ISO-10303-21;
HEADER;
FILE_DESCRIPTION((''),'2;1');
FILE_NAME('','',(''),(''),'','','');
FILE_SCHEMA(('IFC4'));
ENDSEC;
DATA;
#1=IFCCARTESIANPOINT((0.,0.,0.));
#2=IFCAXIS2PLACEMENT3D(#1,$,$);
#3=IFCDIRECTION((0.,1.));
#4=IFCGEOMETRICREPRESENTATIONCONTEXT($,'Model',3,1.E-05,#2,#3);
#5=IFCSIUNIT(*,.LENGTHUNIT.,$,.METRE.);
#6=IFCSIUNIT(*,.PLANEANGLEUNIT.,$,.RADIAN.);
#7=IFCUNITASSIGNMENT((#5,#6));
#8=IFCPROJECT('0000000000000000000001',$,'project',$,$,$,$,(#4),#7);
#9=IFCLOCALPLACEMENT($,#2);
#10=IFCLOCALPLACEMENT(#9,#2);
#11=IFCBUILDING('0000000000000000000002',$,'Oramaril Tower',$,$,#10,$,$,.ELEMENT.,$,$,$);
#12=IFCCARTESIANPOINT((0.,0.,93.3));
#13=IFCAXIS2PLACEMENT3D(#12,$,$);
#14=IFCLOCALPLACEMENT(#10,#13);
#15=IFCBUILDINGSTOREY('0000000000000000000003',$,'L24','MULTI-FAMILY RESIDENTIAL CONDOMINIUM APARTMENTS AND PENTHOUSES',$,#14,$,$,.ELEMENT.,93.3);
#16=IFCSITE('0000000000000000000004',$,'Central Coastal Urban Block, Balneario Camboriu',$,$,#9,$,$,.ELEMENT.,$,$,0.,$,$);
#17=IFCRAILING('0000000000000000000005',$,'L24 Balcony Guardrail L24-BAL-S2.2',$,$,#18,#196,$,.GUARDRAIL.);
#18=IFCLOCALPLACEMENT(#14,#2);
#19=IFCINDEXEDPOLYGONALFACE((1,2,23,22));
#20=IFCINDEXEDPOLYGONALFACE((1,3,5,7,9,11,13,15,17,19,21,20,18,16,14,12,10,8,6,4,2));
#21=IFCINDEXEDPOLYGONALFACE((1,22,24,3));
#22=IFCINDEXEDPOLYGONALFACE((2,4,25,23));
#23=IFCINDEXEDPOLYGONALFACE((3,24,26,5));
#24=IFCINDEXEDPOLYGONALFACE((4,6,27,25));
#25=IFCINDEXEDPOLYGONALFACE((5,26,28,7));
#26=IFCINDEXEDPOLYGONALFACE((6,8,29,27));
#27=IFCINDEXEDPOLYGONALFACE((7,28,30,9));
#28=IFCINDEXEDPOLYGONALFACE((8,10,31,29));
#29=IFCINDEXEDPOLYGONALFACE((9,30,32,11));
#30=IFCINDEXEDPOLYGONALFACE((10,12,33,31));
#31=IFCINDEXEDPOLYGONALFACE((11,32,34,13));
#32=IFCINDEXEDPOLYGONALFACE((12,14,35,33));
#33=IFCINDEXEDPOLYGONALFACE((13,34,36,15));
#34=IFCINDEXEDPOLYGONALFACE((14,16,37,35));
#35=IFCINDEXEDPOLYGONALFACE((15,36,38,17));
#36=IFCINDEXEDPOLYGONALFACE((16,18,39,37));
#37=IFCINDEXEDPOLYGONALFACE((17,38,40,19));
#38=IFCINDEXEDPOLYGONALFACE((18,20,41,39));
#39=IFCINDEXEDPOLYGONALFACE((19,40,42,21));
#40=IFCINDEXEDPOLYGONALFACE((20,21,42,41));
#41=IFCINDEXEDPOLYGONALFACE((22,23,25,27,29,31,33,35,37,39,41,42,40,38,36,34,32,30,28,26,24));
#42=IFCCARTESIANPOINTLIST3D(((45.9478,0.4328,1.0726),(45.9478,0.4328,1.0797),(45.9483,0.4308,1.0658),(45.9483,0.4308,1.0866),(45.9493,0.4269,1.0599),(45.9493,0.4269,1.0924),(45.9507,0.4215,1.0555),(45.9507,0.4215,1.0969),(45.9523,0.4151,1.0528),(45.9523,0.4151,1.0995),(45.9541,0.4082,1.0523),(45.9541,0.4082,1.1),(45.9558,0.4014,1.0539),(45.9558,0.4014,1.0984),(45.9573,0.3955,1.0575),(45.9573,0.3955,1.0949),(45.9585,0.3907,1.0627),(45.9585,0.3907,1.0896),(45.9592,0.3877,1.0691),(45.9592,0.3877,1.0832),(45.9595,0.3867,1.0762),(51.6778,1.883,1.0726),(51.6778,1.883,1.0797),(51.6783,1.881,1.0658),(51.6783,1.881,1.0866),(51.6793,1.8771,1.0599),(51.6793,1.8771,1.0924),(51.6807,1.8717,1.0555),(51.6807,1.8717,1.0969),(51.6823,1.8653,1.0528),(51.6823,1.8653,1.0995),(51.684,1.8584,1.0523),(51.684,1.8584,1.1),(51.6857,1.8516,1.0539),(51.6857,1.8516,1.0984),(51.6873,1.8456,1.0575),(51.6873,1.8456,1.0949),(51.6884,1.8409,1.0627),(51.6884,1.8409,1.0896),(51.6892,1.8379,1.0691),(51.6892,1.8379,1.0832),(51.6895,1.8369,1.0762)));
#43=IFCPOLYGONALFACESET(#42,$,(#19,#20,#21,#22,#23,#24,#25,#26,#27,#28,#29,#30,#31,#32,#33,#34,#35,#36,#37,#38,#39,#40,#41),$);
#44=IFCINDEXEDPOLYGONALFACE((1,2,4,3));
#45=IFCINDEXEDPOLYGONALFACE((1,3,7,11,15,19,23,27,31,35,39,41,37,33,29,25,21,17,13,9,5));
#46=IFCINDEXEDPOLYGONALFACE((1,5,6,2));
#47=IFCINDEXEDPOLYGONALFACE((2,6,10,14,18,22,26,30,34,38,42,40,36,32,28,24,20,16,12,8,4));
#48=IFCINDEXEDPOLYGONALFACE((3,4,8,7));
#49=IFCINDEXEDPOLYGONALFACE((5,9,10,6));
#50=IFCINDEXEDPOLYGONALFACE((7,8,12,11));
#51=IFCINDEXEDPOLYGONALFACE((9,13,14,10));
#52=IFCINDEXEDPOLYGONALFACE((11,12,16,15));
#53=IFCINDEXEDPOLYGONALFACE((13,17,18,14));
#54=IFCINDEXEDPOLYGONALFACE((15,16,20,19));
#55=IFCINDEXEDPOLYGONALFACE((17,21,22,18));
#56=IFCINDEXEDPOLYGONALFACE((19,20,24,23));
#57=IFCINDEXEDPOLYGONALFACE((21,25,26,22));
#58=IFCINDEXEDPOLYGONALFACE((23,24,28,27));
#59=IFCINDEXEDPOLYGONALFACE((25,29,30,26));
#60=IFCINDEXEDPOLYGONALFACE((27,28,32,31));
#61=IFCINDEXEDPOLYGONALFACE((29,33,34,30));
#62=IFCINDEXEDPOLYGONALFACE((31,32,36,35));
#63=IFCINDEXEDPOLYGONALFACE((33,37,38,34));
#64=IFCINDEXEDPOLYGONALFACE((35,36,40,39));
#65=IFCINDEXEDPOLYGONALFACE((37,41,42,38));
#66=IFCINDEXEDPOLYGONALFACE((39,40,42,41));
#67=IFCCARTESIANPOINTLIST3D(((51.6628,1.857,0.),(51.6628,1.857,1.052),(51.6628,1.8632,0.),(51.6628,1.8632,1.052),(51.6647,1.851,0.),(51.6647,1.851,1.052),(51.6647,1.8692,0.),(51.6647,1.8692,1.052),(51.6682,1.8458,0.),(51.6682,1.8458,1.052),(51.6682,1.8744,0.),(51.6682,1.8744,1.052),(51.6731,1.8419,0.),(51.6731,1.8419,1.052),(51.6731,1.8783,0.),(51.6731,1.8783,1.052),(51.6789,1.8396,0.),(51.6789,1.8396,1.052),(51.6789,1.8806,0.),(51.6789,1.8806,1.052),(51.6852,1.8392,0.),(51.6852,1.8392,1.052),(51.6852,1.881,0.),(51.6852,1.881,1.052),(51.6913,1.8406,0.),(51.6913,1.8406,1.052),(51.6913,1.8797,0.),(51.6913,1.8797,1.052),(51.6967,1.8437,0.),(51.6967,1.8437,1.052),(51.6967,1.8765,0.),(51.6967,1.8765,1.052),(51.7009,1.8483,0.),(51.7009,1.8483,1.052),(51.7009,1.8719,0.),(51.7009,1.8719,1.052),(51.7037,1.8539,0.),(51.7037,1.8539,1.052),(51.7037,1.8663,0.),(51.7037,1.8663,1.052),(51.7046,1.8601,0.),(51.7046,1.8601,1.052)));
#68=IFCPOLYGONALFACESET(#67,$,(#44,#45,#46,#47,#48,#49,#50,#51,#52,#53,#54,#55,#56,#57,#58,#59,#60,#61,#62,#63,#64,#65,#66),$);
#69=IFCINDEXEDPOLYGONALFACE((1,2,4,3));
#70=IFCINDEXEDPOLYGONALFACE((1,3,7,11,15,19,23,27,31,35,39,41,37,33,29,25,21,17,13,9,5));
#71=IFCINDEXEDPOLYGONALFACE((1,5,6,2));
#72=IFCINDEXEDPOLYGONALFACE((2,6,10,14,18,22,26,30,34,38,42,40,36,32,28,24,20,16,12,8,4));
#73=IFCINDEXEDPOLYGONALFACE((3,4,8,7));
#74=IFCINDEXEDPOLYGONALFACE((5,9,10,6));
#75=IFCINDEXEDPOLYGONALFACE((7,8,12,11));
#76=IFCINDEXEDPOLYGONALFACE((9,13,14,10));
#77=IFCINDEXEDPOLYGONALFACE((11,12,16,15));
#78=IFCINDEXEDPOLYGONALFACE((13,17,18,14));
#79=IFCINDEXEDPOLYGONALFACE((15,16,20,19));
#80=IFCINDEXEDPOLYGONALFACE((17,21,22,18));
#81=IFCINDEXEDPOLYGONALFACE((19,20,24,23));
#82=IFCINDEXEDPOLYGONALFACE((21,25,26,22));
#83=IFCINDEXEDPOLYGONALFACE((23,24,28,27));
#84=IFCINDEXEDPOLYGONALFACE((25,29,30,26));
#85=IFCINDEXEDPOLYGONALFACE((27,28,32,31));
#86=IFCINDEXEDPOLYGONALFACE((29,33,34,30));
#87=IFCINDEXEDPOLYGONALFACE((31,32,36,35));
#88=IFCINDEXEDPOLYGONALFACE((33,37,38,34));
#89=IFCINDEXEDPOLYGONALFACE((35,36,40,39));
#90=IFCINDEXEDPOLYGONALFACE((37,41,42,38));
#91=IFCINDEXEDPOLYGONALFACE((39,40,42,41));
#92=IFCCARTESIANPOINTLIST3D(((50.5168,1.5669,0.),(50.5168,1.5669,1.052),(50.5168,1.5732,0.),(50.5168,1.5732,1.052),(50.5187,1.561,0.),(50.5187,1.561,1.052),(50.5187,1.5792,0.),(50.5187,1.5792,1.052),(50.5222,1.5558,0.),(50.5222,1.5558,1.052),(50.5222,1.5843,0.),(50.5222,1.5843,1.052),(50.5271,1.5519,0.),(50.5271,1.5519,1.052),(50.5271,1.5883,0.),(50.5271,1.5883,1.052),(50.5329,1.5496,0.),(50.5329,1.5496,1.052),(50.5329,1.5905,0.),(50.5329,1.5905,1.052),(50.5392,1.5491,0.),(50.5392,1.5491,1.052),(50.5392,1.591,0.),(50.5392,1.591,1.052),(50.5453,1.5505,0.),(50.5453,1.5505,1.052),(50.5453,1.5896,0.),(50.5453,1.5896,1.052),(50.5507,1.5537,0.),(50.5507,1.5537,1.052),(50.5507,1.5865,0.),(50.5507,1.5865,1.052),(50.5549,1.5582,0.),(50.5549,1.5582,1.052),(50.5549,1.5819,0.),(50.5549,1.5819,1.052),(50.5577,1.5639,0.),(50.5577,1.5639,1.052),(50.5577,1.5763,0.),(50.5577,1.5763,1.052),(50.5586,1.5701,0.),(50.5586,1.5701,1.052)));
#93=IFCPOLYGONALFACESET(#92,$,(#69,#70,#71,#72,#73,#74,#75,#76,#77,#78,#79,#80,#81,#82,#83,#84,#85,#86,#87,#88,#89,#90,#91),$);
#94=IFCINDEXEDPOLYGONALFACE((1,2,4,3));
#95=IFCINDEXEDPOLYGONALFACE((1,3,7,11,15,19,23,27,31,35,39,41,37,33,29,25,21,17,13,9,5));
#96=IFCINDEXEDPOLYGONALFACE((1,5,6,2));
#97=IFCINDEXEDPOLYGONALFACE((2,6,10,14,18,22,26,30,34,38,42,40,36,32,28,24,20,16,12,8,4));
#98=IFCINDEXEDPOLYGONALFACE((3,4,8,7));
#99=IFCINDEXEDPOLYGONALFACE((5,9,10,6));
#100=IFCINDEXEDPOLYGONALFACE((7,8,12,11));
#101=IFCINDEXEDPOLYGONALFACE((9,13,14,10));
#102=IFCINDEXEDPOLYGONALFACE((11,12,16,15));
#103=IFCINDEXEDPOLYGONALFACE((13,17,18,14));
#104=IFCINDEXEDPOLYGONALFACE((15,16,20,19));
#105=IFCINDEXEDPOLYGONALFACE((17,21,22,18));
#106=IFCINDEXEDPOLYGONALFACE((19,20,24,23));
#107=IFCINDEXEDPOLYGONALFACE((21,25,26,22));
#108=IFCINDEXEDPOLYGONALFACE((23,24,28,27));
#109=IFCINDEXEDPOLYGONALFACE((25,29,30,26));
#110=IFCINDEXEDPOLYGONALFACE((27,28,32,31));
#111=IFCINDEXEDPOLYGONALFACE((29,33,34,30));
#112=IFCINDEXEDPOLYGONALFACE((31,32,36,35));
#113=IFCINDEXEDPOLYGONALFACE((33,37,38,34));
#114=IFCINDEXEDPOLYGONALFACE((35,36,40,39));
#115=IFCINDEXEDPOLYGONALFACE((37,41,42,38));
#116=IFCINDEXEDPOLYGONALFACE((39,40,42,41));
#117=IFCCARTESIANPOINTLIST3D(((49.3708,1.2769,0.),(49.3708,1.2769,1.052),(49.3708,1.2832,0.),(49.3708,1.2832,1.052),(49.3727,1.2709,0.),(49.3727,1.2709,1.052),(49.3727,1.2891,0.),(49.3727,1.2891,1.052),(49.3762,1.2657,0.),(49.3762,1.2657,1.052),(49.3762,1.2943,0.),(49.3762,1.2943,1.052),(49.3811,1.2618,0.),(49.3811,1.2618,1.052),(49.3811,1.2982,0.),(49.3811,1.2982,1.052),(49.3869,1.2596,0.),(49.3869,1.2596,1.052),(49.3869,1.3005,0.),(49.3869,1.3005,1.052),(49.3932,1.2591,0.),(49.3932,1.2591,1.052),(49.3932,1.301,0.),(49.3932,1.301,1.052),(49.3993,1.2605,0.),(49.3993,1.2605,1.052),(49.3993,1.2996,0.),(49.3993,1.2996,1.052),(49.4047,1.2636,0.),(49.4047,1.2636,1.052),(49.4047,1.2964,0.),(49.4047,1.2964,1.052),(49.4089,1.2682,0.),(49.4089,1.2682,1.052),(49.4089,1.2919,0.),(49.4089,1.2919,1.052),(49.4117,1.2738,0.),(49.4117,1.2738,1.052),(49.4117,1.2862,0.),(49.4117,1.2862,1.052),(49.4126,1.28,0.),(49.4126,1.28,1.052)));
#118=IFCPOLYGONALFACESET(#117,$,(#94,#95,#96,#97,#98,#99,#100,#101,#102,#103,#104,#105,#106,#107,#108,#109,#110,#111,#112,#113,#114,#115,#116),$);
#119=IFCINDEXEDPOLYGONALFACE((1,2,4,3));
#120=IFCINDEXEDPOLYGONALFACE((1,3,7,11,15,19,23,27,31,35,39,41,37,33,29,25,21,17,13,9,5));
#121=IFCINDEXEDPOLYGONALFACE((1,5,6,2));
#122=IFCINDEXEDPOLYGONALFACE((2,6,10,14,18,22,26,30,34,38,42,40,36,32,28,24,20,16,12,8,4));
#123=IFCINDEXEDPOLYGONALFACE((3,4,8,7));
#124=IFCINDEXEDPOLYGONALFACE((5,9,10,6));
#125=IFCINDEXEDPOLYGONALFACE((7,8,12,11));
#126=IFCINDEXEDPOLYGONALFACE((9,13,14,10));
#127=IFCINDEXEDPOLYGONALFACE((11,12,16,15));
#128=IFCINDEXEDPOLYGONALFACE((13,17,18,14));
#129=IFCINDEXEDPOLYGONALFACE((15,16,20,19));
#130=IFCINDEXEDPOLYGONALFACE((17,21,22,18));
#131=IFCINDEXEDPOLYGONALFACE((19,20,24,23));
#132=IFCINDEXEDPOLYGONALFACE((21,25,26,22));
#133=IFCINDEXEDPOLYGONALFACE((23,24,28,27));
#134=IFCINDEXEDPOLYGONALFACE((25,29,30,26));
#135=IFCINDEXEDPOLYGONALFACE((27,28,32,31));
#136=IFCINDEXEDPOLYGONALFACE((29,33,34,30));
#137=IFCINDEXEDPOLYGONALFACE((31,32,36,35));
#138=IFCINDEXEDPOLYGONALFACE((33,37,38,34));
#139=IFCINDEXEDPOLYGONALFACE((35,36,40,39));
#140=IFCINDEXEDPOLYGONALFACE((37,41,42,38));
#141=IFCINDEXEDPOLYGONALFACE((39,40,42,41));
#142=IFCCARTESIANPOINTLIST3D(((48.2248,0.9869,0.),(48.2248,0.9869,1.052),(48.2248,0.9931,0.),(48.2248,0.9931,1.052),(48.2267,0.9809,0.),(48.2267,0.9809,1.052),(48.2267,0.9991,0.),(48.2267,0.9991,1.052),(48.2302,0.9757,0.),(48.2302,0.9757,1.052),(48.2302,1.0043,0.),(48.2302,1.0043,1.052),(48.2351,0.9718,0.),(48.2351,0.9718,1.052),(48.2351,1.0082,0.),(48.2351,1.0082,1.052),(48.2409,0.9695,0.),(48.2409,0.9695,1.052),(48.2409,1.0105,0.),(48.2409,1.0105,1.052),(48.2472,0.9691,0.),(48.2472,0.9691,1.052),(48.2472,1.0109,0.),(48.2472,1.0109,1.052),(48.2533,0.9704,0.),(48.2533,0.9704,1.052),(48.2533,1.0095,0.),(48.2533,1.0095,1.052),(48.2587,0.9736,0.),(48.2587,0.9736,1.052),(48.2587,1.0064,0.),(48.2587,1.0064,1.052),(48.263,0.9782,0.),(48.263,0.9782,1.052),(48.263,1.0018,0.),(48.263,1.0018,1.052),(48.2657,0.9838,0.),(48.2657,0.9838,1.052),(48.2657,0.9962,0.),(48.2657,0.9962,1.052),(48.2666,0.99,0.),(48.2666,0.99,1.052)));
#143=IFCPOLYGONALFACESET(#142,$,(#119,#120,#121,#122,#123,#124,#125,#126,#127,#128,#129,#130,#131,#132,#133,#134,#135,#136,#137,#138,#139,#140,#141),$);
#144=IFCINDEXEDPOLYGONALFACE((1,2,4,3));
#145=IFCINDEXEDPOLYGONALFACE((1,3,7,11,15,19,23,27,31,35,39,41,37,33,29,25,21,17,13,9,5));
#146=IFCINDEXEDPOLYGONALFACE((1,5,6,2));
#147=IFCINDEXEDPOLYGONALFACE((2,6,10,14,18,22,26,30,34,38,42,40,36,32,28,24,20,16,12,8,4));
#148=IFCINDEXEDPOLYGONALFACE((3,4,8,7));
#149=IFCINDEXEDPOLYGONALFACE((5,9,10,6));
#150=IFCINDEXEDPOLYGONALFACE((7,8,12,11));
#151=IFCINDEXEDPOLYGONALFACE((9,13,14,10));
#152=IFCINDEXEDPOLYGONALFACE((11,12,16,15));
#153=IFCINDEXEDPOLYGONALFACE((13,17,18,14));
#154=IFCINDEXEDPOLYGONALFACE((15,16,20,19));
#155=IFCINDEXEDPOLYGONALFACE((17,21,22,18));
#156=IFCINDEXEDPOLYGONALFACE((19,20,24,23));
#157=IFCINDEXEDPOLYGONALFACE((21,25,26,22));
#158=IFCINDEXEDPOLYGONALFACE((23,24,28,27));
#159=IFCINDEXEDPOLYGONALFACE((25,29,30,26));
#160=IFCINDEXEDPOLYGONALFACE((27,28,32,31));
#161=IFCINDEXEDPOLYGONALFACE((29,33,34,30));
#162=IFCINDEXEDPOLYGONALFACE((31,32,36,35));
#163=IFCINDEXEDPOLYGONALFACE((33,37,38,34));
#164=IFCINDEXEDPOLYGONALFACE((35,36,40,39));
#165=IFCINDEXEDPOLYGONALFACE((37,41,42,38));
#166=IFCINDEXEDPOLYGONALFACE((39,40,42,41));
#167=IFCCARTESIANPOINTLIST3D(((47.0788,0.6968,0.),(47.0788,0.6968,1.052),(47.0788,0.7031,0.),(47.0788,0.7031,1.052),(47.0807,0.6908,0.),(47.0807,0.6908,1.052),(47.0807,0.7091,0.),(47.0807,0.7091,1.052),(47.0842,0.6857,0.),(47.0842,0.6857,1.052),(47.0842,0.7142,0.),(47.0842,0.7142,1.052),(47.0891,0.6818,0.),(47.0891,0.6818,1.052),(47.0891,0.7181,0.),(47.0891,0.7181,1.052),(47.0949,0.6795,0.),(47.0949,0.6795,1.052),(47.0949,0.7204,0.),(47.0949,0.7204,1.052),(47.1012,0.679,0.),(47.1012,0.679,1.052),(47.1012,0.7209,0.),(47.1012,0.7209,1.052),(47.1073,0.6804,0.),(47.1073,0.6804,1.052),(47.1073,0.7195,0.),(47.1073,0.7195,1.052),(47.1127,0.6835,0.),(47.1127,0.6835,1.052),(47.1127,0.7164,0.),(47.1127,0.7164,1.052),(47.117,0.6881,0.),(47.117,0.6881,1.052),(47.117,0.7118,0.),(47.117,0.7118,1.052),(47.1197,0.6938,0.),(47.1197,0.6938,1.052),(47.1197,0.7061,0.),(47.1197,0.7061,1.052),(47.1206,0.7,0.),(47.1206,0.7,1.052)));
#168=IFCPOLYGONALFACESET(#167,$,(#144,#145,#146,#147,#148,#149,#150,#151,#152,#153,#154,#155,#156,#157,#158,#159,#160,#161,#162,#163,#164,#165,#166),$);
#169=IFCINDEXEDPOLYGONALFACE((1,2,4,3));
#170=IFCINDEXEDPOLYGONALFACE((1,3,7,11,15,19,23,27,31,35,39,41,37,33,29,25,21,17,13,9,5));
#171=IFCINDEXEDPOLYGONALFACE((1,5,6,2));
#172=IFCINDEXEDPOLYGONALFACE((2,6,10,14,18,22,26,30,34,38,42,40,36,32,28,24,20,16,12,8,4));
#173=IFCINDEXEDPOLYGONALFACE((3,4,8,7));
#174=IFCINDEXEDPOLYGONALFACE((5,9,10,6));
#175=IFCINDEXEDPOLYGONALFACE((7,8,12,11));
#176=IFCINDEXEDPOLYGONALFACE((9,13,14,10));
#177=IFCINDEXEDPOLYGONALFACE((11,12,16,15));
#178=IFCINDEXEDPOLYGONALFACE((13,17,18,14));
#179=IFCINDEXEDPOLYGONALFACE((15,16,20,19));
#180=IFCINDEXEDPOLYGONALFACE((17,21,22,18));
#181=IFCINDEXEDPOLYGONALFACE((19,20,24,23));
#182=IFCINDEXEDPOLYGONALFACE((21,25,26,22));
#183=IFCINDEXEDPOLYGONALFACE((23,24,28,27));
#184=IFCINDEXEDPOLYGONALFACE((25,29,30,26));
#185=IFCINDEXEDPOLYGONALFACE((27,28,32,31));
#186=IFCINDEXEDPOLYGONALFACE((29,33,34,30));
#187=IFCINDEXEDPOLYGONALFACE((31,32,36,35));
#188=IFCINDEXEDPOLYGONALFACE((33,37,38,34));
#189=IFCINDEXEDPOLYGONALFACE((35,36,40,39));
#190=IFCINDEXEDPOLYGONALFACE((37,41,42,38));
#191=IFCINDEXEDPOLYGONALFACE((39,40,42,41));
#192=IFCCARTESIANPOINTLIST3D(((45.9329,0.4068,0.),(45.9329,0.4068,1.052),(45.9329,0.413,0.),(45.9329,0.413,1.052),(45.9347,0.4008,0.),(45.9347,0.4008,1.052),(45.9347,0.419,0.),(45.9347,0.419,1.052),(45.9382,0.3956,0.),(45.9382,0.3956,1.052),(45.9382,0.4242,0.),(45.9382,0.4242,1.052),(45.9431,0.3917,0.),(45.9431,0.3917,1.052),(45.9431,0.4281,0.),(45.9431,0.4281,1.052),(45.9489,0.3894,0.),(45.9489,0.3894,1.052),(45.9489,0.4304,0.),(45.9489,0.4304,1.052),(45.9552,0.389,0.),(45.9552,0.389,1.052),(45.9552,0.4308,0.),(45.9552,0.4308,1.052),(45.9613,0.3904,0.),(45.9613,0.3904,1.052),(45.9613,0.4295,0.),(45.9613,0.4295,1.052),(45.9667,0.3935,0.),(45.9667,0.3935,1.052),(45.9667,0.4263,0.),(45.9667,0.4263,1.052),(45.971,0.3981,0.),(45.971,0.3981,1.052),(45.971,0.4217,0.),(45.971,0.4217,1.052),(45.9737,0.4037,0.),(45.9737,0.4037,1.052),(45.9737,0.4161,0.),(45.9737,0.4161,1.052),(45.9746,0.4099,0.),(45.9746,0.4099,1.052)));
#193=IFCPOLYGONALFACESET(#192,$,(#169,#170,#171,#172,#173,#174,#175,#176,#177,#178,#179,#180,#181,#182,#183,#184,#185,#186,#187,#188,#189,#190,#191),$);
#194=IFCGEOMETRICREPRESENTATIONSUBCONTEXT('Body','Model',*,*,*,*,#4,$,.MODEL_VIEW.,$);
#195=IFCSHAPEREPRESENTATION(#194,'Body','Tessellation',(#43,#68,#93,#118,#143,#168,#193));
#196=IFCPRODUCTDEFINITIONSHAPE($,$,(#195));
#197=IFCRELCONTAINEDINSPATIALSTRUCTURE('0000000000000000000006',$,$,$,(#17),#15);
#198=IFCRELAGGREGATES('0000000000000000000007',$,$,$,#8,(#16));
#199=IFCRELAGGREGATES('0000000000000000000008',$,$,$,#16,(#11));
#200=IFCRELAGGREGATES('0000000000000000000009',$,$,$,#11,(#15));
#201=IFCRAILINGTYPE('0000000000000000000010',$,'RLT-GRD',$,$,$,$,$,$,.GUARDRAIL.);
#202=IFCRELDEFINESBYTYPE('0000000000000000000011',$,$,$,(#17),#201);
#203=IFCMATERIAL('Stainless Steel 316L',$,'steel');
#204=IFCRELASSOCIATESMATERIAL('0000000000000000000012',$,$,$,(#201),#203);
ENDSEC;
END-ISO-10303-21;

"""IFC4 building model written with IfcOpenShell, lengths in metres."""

from ifc_helpers import new_model, si_unit, direction, frame, origin, origin_2d, place, context, subcontext, project, spatial, circle, extrude, material, type_object, element, save


model = new_model("IFC4")

# Units and contexts
model_context = context("Model", 3, precision=1e-05, world=origin(), true_north=direction((0.0, 1.0)))
body_context = subcontext(model_context, "Body", "Model", "MODEL_VIEW")
ifc_project = project(units=[si_unit("LENGTHUNIT", "METRE"), si_unit("PLANEANGLEUNIT", "RADIAN")], contexts=[model_context])

# Site, building, storey
site_placement = place(None, origin())
site = spatial("IfcSite", under=ifc_project, at=site_placement, Name="Central Coastal Urban Block, Balneario Camboriu", CompositionType="ELEMENT", RefElevation=0.0)
building_placement = place(site_placement, origin())
building = spatial("IfcBuilding", under=site, at=building_placement, Name="Oramaril Tower", CompositionType="ELEMENT")
storey_placement = place(building_placement, frame((0.0, 0.0, 93.3)))
storey = spatial("IfcBuildingStorey", under=building, at=storey_placement, Name="L24", Description="MULTI-FAMILY RESIDENTIAL CONDOMINIUM APARTMENTS AND PENTHOUSES", CompositionType="ELEMENT", Elevation=93.3)

# Railing
ifc_material_1 = material(Name="Stainless Steel 316L", Category="steel")
railing_type = type_object("IfcRailingType", Name="RLT-GRD", PredefinedType="GUARDRAIL", material=ifc_material_1)
railing_1_placement = place(storey_placement, frame((51.6836, 1.8601, 0.0)))
element("IfcRailing", 1, at=railing_1_placement, inside=storey, type_object=railing_type, Name="L24 Balcony Guardrail L24-BAL-S2.2", PredefinedType="GUARDRAIL", context=body_context, shape_type="SweptSolid", body=[
    extrude(circle(Radius=0.0239, at=origin_2d()), frame((0.0, 0.0, 1.0762), z_axis=(-0.969434, -0.245353, 0.0), x_axis=(0.245353, -0.969434, 0.0)), (0.0, 0.0, 1.0), 5.9106),
    extrude(circle(Radius=0.021, at=origin_2d()), origin(), (0.0, 0.0, 1.0), 1.052),
    extrude(circle(Radius=0.021, at=origin_2d()), frame((-1.146, -0.29, 0.0)), (0.0, 0.0, 1.0), 1.052),
    extrude(circle(Radius=0.021, at=origin_2d()), frame((-2.292, -0.5801, 0.0)), (0.0, 0.0, 1.0), 1.052),
    extrude(circle(Radius=0.021, at=origin_2d()), frame((-3.438, -0.8701, 0.0)), (0.0, 0.0, 1.0), 1.052),
    extrude(circle(Radius=0.021, at=origin_2d()), frame((-4.584, -1.1602, 0.0)), (0.0, 0.0, 1.0), 1.052),
    extrude(circle(Radius=0.021, at=origin_2d()), frame((-5.73, -1.4502, 0.0)), (0.0, 0.0, 1.0), 1.052),
])

save(model, "model.ifc")
